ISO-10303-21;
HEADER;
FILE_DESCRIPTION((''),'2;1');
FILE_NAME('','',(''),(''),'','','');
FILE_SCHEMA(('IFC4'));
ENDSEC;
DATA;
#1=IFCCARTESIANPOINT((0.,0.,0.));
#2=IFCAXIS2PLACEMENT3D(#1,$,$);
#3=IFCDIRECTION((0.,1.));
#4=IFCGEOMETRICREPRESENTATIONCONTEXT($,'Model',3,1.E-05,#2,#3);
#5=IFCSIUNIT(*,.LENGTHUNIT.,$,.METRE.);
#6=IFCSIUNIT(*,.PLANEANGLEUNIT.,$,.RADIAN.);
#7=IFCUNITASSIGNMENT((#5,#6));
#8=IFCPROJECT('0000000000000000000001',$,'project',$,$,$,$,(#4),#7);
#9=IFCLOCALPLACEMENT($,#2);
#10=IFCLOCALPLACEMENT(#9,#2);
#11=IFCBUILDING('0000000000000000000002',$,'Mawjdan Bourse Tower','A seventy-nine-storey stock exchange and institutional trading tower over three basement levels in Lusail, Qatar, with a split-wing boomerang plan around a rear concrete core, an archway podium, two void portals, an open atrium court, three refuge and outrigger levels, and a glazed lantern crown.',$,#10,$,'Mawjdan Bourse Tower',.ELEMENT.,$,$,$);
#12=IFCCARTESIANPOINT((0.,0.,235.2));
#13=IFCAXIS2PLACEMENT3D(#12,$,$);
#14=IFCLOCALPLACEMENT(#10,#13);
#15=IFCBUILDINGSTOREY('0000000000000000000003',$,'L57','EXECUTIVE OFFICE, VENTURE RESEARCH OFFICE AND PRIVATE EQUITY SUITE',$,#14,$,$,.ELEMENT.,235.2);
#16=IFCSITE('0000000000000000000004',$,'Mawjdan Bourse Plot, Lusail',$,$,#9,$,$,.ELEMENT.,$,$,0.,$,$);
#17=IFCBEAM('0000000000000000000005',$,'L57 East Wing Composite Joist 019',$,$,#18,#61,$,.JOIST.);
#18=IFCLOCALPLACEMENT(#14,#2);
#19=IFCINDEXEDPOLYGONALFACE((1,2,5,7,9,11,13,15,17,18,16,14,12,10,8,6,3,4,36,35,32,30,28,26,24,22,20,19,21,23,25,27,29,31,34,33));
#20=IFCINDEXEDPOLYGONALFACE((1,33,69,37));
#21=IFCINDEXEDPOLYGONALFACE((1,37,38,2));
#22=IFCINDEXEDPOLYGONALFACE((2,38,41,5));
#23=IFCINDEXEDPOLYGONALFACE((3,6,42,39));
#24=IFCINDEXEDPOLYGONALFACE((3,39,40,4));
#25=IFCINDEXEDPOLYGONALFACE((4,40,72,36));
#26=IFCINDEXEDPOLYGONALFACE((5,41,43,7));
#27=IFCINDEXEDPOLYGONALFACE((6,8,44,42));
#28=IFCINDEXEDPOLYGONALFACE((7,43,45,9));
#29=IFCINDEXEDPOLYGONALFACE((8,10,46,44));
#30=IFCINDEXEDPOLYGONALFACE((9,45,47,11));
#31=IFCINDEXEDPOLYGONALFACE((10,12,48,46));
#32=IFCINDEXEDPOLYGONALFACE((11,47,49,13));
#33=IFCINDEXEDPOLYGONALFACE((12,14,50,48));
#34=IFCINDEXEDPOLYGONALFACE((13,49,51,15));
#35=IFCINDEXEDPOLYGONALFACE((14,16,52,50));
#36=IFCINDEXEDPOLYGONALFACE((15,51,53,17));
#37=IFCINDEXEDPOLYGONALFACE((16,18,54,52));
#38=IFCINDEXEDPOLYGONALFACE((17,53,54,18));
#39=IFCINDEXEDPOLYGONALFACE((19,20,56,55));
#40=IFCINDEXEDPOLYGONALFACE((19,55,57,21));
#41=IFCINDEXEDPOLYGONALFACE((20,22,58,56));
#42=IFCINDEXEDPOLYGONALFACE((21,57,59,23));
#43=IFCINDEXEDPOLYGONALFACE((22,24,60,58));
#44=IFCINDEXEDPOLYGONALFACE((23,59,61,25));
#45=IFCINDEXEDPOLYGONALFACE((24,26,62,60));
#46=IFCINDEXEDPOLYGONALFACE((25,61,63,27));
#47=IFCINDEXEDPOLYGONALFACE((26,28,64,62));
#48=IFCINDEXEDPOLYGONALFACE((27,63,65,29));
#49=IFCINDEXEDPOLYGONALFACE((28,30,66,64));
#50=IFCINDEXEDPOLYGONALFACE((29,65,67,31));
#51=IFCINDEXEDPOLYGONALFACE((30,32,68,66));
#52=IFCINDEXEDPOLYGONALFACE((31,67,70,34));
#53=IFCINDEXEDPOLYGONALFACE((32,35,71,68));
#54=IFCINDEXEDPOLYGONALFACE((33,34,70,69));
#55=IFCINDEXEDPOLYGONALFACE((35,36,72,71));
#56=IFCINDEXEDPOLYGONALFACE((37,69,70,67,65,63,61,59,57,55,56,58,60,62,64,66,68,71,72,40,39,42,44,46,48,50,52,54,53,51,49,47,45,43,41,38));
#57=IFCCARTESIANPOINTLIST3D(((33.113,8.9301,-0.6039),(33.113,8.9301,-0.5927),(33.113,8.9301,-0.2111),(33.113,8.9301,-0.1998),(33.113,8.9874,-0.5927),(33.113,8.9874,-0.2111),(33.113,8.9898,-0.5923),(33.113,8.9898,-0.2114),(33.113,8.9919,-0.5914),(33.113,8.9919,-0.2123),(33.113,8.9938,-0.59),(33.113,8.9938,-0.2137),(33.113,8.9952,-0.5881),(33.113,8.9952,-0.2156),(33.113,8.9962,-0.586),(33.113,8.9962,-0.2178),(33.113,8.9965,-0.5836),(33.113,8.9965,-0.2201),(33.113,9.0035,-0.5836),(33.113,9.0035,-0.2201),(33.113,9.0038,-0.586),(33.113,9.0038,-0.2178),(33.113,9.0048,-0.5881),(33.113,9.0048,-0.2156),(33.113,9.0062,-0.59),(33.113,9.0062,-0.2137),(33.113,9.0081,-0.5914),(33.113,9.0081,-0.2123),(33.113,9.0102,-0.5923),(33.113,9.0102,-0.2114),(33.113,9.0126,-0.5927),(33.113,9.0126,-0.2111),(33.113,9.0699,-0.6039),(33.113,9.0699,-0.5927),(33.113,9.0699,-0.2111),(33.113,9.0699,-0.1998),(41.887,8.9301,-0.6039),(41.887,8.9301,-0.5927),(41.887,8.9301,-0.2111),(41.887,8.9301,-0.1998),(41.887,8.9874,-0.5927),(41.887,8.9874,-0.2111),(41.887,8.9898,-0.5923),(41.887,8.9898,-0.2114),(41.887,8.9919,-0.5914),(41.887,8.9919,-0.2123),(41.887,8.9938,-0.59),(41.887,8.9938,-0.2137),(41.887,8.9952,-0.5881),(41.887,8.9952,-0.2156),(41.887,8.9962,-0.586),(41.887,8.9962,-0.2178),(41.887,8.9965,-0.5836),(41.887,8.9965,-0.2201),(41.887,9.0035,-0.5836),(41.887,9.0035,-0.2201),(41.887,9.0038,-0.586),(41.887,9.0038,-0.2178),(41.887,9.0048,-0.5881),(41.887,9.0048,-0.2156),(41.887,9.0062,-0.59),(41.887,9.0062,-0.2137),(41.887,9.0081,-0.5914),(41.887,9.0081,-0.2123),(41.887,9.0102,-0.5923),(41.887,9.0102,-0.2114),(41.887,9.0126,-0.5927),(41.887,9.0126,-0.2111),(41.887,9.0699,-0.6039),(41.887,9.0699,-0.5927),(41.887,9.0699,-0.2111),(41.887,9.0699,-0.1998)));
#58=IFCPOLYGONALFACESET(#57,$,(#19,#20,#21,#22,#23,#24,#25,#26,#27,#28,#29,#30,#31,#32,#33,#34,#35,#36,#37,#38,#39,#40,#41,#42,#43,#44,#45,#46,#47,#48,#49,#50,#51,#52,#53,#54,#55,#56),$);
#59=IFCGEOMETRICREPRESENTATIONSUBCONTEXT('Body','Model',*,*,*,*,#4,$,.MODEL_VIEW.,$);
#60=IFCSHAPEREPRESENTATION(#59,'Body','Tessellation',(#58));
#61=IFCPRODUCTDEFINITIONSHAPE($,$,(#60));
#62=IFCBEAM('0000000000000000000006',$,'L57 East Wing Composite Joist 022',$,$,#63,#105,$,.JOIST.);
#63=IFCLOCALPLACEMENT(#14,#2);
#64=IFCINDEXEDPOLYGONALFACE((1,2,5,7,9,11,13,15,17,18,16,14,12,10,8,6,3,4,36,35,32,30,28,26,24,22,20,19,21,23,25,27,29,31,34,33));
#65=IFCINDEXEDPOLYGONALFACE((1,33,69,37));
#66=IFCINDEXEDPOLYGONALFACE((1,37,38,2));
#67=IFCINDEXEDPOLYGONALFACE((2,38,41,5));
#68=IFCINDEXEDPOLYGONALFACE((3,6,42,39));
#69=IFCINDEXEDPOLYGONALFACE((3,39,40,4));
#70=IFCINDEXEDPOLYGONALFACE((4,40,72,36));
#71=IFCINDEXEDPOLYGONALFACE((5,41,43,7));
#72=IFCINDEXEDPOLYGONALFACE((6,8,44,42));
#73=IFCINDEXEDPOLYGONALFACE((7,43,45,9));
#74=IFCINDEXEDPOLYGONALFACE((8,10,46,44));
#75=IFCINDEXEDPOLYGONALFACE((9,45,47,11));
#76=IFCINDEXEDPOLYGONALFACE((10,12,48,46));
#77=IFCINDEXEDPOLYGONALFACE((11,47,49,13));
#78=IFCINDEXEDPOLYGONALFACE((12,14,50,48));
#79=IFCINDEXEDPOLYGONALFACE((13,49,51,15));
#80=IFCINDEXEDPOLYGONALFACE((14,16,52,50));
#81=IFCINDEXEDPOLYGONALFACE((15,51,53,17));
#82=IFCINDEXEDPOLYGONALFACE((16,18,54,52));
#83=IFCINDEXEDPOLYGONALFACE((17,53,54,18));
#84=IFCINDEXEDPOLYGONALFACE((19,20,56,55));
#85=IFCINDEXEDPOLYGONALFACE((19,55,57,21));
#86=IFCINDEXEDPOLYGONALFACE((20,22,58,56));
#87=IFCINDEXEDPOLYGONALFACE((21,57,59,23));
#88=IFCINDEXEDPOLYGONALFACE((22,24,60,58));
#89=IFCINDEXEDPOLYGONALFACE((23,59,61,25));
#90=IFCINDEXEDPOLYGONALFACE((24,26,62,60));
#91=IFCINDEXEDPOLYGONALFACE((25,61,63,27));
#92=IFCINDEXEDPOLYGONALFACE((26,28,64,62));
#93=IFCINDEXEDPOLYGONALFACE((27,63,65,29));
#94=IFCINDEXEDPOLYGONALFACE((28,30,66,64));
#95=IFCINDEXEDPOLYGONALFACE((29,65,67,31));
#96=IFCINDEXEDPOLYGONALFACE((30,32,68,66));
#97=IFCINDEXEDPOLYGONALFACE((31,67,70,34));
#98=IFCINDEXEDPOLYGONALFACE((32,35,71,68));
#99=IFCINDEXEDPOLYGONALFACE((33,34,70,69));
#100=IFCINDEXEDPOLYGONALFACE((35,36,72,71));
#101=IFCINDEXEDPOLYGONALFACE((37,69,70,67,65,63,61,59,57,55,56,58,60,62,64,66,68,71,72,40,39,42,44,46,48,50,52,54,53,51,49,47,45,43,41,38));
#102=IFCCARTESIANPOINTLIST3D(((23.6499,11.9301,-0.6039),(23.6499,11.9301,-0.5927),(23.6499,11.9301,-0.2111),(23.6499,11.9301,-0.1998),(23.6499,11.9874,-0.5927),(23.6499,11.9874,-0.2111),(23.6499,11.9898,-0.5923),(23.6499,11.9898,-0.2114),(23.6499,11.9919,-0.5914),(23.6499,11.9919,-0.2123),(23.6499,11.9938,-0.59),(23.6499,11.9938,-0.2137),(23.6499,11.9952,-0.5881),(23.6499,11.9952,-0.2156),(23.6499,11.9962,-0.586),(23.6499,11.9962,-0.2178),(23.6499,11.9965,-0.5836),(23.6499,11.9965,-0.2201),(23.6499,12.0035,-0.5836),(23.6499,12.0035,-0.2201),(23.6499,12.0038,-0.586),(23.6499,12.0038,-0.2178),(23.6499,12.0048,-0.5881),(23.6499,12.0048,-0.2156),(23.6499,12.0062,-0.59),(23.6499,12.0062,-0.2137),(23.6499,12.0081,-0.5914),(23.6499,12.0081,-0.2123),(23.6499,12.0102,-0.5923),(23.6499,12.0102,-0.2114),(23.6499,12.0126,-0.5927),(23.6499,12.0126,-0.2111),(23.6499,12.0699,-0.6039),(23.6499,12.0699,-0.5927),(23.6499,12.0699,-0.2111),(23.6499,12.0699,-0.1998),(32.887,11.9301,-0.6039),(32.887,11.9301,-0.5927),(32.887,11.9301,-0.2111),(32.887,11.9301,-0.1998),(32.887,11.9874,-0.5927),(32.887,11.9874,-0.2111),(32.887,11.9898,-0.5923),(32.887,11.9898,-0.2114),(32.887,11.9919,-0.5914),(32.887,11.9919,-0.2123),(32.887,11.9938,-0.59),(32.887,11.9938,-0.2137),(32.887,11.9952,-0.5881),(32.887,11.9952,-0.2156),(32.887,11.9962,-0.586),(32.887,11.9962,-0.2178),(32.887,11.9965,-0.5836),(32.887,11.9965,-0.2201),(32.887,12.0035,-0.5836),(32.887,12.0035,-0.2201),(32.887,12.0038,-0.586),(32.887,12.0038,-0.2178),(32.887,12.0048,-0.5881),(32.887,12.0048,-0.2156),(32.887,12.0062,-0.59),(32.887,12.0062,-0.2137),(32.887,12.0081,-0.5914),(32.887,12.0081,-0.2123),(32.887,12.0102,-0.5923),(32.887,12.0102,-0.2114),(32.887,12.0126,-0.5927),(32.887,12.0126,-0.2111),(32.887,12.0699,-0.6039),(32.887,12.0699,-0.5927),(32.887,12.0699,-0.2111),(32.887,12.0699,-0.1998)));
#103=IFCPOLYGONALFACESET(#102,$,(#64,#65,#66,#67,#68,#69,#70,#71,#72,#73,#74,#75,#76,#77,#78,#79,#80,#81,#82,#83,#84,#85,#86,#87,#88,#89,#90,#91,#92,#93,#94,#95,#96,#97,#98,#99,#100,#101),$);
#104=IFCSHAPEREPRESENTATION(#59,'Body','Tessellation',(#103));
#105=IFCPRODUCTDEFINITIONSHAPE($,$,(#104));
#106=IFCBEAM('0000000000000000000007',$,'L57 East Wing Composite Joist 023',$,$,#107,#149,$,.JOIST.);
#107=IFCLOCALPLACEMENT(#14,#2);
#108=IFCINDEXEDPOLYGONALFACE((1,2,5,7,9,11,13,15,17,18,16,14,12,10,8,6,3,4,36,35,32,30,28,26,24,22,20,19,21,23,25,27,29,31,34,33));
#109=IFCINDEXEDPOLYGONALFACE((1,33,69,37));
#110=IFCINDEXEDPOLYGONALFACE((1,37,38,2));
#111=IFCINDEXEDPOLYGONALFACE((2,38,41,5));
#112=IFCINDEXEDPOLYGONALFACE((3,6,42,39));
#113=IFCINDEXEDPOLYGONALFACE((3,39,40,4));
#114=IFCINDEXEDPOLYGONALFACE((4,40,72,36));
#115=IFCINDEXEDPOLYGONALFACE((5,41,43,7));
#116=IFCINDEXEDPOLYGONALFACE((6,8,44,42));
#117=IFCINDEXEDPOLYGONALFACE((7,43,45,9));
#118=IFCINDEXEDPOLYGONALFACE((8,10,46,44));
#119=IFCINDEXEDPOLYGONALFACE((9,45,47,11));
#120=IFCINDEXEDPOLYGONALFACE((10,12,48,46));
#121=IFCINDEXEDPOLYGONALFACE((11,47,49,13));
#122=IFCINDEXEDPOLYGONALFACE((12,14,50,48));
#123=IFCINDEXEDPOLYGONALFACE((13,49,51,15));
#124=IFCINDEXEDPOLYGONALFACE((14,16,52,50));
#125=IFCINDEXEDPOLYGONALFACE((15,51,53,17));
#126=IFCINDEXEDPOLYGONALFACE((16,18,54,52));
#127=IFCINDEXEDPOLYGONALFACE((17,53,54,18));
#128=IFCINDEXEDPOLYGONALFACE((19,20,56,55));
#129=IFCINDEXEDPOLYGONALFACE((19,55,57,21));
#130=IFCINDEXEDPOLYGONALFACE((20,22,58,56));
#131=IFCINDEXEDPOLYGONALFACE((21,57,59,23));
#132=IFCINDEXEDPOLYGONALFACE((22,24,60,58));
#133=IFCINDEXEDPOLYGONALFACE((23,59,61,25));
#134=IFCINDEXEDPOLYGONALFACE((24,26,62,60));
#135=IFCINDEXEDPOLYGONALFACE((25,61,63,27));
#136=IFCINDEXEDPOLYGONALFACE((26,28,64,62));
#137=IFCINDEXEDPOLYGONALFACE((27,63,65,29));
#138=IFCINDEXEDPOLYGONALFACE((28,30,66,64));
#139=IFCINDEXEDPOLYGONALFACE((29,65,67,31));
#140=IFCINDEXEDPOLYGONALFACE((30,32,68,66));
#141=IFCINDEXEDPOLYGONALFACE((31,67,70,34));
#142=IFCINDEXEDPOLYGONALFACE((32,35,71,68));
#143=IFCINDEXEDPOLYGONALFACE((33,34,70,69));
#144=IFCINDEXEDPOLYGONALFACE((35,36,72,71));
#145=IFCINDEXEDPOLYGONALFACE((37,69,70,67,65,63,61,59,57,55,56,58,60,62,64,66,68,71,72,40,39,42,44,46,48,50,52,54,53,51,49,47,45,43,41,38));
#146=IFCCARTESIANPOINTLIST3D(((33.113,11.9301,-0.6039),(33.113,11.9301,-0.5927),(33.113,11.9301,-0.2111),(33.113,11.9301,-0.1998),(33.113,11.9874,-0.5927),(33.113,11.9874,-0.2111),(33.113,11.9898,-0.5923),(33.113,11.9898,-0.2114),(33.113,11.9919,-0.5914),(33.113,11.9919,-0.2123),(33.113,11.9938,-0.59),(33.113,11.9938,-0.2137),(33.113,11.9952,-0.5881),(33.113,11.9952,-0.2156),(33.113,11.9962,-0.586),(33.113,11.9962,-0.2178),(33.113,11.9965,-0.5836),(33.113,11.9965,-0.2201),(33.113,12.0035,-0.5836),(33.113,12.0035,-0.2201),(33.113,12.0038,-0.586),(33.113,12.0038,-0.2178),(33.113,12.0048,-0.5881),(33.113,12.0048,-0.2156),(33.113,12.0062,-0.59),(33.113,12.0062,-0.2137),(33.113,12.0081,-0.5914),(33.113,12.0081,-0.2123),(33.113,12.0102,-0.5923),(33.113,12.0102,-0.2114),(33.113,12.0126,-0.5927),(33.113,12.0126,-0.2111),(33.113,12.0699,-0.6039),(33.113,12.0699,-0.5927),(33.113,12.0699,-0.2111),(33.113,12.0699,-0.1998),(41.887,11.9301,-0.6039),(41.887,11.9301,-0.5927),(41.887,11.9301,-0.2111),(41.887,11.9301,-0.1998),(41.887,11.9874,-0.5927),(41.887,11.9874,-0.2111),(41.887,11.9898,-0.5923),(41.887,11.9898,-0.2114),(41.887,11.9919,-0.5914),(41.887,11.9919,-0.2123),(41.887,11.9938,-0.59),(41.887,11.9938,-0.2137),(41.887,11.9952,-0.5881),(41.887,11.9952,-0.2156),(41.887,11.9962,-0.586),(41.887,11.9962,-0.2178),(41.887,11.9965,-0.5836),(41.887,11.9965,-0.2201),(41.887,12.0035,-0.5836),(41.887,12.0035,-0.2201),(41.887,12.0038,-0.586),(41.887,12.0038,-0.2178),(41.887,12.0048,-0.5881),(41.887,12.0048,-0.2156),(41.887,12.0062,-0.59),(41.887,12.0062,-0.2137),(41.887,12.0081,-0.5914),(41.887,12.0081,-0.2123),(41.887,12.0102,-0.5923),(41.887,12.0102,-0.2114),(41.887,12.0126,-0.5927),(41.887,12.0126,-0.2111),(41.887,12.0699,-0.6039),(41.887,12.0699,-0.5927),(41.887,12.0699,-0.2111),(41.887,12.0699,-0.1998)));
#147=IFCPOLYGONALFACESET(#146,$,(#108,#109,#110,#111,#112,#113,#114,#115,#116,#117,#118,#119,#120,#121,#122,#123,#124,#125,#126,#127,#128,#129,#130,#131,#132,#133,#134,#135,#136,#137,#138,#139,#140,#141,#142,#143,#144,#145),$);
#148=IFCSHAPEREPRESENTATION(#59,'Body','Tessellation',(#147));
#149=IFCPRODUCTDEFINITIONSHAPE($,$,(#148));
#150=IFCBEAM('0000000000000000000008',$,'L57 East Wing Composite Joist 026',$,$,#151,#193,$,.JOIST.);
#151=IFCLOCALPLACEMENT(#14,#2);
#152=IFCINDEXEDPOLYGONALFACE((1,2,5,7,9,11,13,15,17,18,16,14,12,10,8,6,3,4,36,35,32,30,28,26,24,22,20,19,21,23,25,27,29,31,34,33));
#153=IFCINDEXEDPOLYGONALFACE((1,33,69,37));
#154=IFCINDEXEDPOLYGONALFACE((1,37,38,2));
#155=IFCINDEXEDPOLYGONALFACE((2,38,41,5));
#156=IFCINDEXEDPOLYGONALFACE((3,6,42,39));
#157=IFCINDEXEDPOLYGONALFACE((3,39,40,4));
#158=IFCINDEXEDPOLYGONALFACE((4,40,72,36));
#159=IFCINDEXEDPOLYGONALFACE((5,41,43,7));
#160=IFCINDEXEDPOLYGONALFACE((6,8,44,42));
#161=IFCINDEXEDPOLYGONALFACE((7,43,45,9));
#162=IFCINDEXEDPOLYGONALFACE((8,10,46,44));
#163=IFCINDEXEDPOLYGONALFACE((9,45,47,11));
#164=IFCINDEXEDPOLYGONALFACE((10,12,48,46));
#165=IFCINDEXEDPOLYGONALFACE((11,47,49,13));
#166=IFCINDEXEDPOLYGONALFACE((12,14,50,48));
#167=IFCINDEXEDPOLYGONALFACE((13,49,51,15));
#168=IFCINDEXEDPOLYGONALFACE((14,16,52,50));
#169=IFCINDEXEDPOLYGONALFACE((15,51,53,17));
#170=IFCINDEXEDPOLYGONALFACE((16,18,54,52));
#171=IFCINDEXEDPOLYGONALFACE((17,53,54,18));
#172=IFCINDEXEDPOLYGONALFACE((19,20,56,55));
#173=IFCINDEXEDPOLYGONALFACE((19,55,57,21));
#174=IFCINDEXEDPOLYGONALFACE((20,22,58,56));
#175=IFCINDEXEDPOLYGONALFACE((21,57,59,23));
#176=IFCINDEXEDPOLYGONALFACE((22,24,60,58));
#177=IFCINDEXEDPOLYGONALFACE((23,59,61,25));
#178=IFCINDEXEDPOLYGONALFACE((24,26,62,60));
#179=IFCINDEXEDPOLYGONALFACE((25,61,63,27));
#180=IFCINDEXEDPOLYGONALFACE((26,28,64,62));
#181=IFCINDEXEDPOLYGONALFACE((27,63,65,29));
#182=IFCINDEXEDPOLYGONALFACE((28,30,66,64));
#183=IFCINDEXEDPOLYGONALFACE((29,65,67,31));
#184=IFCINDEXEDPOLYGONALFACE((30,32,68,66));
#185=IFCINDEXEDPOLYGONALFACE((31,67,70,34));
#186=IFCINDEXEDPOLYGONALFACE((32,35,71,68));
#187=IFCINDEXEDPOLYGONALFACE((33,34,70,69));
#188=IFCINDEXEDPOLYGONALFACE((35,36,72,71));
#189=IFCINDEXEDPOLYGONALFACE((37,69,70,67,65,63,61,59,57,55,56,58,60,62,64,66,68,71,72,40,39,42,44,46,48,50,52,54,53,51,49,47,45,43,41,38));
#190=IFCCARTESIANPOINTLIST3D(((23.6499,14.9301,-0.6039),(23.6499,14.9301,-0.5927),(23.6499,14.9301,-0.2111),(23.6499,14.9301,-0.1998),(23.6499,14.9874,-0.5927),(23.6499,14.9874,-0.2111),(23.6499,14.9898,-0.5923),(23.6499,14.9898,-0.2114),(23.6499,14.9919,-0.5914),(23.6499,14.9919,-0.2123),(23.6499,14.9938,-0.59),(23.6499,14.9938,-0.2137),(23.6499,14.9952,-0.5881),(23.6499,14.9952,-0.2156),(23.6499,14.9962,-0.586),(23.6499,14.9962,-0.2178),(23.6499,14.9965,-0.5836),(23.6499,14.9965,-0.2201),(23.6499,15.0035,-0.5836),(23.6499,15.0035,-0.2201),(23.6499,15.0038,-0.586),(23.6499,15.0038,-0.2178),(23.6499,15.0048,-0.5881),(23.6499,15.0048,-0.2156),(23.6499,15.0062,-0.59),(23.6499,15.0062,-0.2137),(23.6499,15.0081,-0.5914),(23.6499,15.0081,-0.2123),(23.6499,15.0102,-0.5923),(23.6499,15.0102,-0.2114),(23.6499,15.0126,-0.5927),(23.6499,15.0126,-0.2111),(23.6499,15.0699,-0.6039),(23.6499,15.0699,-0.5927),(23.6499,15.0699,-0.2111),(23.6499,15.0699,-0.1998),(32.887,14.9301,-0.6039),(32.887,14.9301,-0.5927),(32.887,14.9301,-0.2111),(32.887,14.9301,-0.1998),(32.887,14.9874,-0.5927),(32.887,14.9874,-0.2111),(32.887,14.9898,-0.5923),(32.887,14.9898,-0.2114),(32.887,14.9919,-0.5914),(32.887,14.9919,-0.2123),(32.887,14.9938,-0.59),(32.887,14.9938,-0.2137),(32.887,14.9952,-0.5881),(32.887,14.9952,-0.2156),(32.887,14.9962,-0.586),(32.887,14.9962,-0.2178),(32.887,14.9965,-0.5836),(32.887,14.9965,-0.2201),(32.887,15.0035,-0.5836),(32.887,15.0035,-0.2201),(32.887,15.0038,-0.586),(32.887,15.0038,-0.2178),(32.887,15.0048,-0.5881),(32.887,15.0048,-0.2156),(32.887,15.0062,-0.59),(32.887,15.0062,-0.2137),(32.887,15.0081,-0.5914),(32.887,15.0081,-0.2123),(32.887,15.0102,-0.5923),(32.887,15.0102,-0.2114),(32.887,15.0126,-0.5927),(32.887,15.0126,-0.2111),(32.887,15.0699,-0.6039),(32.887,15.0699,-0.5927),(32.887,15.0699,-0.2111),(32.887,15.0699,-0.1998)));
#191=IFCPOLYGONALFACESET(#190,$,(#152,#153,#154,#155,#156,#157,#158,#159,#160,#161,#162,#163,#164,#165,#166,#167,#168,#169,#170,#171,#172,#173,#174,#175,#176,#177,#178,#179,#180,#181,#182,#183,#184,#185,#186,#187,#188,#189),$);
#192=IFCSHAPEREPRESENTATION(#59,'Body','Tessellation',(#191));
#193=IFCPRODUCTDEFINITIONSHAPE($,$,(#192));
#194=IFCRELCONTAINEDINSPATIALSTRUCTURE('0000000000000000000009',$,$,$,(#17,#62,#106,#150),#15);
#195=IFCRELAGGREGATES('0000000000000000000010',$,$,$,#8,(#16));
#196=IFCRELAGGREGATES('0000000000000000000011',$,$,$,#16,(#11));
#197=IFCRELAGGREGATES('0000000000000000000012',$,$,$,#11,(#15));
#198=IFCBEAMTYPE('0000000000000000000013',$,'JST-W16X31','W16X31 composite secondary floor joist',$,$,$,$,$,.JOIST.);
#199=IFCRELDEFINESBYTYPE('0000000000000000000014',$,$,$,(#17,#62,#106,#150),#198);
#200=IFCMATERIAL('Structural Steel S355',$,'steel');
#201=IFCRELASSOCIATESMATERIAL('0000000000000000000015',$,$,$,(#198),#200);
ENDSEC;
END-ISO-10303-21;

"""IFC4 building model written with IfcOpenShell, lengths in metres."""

from ifc_helpers import new_model, si_unit, direction, frame, origin, origin_2d, place, context, subcontext, project, spatial, i_section, extrude, material, material_profile, profile_set, type_object, element, save


model = new_model("IFC4")

# Units and contexts
model_context = context("Model", 3, precision=1e-05, world=origin(), true_north=direction((0.0, 1.0)))
body_context = subcontext(model_context, "Body", "Model", "MODEL_VIEW")
ifc_project = project(units=[si_unit("LENGTHUNIT", "METRE"), si_unit("PLANEANGLEUNIT", "RADIAN")], contexts=[model_context])

# Site, building, storey
site_placement = place(None, origin())
site = spatial("IfcSite", under=ifc_project, at=site_placement, Name="Mawjdan Bourse Plot, Lusail", CompositionType="ELEMENT", RefElevation=0.0)
building_placement = place(site_placement, origin())
building = spatial("IfcBuilding", under=site, at=building_placement, Name="Mawjdan Bourse Tower", Description="A seventy-nine-storey stock exchange and institutional trading tower over three basement levels in Lusail, Qatar, with a split-wing boomerang plan around a rear concrete core, an archway podium, two void portals, an open atrium court, three refuge and outrigger levels, and a glazed lantern crown.", LongName="Mawjdan Bourse Tower", CompositionType="ELEMENT")
storey_placement = place(building_placement, frame((0.0, 0.0, 235.2)))
storey = spatial("IfcBuildingStorey", under=building, at=storey_placement, Name="L57", Description="EXECUTIVE OFFICE, VENTURE RESEARCH OFFICE AND PRIVATE EQUITY SUITE", CompositionType="ELEMENT", Elevation=235.2)

# Beams
ifc_material_1 = material(Name="Structural Steel S355", Category="steel")
ifc_material_profile_1 = material_profile(ifc_material_1, i_section(OverallWidth=0.1399, OverallDepth=0.4041, WebThickness=0.0071, FlangeThickness=0.0112, FilletRadius=0.009, at=origin_2d()), Name="W16X31")
ifc_profile_set_1 = profile_set([ifc_material_profile_1], Name="Structural Steel S355")
beam_type_1 = type_object("IfcBeamType", Name="JST-W16X31", Description="W16X31 composite secondary floor joist", PredefinedType="JOIST", material=ifc_profile_set_1)
beam_1_placement = place(storey_placement, frame((33.113, 9.0, -0.4019), z_axis=(1.0, 0.0, 0.0), x_axis=(0.0, 1.0, 0.0)))
element("IfcBeam", 1, at=beam_1_placement, inside=storey, type_object=beam_type_1, Name="L57 East Wing Composite Joist 019", PredefinedType="JOIST", context=body_context, shape_type="SweptSolid", body=[
    extrude(i_section(OverallWidth=0.1399, OverallDepth=0.4041, WebThickness=0.0071, FlangeThickness=0.0112, FilletRadius=0.009, at=origin_2d()), origin(), (0.0, 0.0, 1.0), 8.7739),
])
beam_2_placement = place(storey_placement, frame((23.6499, 12.0, -0.4019), z_axis=(1.0, 0.0, 0.0), x_axis=(0.0, 1.0, 0.0)))
element("IfcBeam", 2, at=beam_2_placement, inside=storey, type_object=beam_type_1, Name="L57 East Wing Composite Joist 022", PredefinedType="JOIST", context=body_context, shape_type="SweptSolid", body=[
    extrude(i_section(OverallWidth=0.1399, OverallDepth=0.4041, WebThickness=0.0071, FlangeThickness=0.0112, FilletRadius=0.009, at=origin_2d()), origin(), (0.0, 0.0, 1.0), 9.2371),
])
beam_3_placement = place(storey_placement, frame((33.113, 12.0, -0.4019), z_axis=(1.0, 0.0, 0.0), x_axis=(0.0, 1.0, 0.0)))
element("IfcBeam", 3, at=beam_3_placement, inside=storey, type_object=beam_type_1, Name="L57 East Wing Composite Joist 023", PredefinedType="JOIST", context=body_context, shape_type="SweptSolid", body=[
    extrude(i_section(OverallWidth=0.1399, OverallDepth=0.4041, WebThickness=0.0071, FlangeThickness=0.0112, FilletRadius=0.009, at=origin_2d()), origin(), (0.0, 0.0, 1.0), 8.7739),
])
beam_4_placement = place(storey_placement, frame((23.6499, 15.0, -0.4019), z_axis=(1.0, 0.0, 0.0), x_axis=(0.0, 1.0, 0.0)))
element("IfcBeam", 4, at=beam_4_placement, inside=storey, type_object=beam_type_1, Name="L57 East Wing Composite Joist 026", PredefinedType="JOIST", context=body_context, shape_type="SweptSolid", body=[
    extrude(i_section(OverallWidth=0.1399, OverallDepth=0.4041, WebThickness=0.0071, FlangeThickness=0.0112, FilletRadius=0.009, at=origin_2d()), origin(), (0.0, 0.0, 1.0), 9.2371),
])

save(model, "model.ifc")
